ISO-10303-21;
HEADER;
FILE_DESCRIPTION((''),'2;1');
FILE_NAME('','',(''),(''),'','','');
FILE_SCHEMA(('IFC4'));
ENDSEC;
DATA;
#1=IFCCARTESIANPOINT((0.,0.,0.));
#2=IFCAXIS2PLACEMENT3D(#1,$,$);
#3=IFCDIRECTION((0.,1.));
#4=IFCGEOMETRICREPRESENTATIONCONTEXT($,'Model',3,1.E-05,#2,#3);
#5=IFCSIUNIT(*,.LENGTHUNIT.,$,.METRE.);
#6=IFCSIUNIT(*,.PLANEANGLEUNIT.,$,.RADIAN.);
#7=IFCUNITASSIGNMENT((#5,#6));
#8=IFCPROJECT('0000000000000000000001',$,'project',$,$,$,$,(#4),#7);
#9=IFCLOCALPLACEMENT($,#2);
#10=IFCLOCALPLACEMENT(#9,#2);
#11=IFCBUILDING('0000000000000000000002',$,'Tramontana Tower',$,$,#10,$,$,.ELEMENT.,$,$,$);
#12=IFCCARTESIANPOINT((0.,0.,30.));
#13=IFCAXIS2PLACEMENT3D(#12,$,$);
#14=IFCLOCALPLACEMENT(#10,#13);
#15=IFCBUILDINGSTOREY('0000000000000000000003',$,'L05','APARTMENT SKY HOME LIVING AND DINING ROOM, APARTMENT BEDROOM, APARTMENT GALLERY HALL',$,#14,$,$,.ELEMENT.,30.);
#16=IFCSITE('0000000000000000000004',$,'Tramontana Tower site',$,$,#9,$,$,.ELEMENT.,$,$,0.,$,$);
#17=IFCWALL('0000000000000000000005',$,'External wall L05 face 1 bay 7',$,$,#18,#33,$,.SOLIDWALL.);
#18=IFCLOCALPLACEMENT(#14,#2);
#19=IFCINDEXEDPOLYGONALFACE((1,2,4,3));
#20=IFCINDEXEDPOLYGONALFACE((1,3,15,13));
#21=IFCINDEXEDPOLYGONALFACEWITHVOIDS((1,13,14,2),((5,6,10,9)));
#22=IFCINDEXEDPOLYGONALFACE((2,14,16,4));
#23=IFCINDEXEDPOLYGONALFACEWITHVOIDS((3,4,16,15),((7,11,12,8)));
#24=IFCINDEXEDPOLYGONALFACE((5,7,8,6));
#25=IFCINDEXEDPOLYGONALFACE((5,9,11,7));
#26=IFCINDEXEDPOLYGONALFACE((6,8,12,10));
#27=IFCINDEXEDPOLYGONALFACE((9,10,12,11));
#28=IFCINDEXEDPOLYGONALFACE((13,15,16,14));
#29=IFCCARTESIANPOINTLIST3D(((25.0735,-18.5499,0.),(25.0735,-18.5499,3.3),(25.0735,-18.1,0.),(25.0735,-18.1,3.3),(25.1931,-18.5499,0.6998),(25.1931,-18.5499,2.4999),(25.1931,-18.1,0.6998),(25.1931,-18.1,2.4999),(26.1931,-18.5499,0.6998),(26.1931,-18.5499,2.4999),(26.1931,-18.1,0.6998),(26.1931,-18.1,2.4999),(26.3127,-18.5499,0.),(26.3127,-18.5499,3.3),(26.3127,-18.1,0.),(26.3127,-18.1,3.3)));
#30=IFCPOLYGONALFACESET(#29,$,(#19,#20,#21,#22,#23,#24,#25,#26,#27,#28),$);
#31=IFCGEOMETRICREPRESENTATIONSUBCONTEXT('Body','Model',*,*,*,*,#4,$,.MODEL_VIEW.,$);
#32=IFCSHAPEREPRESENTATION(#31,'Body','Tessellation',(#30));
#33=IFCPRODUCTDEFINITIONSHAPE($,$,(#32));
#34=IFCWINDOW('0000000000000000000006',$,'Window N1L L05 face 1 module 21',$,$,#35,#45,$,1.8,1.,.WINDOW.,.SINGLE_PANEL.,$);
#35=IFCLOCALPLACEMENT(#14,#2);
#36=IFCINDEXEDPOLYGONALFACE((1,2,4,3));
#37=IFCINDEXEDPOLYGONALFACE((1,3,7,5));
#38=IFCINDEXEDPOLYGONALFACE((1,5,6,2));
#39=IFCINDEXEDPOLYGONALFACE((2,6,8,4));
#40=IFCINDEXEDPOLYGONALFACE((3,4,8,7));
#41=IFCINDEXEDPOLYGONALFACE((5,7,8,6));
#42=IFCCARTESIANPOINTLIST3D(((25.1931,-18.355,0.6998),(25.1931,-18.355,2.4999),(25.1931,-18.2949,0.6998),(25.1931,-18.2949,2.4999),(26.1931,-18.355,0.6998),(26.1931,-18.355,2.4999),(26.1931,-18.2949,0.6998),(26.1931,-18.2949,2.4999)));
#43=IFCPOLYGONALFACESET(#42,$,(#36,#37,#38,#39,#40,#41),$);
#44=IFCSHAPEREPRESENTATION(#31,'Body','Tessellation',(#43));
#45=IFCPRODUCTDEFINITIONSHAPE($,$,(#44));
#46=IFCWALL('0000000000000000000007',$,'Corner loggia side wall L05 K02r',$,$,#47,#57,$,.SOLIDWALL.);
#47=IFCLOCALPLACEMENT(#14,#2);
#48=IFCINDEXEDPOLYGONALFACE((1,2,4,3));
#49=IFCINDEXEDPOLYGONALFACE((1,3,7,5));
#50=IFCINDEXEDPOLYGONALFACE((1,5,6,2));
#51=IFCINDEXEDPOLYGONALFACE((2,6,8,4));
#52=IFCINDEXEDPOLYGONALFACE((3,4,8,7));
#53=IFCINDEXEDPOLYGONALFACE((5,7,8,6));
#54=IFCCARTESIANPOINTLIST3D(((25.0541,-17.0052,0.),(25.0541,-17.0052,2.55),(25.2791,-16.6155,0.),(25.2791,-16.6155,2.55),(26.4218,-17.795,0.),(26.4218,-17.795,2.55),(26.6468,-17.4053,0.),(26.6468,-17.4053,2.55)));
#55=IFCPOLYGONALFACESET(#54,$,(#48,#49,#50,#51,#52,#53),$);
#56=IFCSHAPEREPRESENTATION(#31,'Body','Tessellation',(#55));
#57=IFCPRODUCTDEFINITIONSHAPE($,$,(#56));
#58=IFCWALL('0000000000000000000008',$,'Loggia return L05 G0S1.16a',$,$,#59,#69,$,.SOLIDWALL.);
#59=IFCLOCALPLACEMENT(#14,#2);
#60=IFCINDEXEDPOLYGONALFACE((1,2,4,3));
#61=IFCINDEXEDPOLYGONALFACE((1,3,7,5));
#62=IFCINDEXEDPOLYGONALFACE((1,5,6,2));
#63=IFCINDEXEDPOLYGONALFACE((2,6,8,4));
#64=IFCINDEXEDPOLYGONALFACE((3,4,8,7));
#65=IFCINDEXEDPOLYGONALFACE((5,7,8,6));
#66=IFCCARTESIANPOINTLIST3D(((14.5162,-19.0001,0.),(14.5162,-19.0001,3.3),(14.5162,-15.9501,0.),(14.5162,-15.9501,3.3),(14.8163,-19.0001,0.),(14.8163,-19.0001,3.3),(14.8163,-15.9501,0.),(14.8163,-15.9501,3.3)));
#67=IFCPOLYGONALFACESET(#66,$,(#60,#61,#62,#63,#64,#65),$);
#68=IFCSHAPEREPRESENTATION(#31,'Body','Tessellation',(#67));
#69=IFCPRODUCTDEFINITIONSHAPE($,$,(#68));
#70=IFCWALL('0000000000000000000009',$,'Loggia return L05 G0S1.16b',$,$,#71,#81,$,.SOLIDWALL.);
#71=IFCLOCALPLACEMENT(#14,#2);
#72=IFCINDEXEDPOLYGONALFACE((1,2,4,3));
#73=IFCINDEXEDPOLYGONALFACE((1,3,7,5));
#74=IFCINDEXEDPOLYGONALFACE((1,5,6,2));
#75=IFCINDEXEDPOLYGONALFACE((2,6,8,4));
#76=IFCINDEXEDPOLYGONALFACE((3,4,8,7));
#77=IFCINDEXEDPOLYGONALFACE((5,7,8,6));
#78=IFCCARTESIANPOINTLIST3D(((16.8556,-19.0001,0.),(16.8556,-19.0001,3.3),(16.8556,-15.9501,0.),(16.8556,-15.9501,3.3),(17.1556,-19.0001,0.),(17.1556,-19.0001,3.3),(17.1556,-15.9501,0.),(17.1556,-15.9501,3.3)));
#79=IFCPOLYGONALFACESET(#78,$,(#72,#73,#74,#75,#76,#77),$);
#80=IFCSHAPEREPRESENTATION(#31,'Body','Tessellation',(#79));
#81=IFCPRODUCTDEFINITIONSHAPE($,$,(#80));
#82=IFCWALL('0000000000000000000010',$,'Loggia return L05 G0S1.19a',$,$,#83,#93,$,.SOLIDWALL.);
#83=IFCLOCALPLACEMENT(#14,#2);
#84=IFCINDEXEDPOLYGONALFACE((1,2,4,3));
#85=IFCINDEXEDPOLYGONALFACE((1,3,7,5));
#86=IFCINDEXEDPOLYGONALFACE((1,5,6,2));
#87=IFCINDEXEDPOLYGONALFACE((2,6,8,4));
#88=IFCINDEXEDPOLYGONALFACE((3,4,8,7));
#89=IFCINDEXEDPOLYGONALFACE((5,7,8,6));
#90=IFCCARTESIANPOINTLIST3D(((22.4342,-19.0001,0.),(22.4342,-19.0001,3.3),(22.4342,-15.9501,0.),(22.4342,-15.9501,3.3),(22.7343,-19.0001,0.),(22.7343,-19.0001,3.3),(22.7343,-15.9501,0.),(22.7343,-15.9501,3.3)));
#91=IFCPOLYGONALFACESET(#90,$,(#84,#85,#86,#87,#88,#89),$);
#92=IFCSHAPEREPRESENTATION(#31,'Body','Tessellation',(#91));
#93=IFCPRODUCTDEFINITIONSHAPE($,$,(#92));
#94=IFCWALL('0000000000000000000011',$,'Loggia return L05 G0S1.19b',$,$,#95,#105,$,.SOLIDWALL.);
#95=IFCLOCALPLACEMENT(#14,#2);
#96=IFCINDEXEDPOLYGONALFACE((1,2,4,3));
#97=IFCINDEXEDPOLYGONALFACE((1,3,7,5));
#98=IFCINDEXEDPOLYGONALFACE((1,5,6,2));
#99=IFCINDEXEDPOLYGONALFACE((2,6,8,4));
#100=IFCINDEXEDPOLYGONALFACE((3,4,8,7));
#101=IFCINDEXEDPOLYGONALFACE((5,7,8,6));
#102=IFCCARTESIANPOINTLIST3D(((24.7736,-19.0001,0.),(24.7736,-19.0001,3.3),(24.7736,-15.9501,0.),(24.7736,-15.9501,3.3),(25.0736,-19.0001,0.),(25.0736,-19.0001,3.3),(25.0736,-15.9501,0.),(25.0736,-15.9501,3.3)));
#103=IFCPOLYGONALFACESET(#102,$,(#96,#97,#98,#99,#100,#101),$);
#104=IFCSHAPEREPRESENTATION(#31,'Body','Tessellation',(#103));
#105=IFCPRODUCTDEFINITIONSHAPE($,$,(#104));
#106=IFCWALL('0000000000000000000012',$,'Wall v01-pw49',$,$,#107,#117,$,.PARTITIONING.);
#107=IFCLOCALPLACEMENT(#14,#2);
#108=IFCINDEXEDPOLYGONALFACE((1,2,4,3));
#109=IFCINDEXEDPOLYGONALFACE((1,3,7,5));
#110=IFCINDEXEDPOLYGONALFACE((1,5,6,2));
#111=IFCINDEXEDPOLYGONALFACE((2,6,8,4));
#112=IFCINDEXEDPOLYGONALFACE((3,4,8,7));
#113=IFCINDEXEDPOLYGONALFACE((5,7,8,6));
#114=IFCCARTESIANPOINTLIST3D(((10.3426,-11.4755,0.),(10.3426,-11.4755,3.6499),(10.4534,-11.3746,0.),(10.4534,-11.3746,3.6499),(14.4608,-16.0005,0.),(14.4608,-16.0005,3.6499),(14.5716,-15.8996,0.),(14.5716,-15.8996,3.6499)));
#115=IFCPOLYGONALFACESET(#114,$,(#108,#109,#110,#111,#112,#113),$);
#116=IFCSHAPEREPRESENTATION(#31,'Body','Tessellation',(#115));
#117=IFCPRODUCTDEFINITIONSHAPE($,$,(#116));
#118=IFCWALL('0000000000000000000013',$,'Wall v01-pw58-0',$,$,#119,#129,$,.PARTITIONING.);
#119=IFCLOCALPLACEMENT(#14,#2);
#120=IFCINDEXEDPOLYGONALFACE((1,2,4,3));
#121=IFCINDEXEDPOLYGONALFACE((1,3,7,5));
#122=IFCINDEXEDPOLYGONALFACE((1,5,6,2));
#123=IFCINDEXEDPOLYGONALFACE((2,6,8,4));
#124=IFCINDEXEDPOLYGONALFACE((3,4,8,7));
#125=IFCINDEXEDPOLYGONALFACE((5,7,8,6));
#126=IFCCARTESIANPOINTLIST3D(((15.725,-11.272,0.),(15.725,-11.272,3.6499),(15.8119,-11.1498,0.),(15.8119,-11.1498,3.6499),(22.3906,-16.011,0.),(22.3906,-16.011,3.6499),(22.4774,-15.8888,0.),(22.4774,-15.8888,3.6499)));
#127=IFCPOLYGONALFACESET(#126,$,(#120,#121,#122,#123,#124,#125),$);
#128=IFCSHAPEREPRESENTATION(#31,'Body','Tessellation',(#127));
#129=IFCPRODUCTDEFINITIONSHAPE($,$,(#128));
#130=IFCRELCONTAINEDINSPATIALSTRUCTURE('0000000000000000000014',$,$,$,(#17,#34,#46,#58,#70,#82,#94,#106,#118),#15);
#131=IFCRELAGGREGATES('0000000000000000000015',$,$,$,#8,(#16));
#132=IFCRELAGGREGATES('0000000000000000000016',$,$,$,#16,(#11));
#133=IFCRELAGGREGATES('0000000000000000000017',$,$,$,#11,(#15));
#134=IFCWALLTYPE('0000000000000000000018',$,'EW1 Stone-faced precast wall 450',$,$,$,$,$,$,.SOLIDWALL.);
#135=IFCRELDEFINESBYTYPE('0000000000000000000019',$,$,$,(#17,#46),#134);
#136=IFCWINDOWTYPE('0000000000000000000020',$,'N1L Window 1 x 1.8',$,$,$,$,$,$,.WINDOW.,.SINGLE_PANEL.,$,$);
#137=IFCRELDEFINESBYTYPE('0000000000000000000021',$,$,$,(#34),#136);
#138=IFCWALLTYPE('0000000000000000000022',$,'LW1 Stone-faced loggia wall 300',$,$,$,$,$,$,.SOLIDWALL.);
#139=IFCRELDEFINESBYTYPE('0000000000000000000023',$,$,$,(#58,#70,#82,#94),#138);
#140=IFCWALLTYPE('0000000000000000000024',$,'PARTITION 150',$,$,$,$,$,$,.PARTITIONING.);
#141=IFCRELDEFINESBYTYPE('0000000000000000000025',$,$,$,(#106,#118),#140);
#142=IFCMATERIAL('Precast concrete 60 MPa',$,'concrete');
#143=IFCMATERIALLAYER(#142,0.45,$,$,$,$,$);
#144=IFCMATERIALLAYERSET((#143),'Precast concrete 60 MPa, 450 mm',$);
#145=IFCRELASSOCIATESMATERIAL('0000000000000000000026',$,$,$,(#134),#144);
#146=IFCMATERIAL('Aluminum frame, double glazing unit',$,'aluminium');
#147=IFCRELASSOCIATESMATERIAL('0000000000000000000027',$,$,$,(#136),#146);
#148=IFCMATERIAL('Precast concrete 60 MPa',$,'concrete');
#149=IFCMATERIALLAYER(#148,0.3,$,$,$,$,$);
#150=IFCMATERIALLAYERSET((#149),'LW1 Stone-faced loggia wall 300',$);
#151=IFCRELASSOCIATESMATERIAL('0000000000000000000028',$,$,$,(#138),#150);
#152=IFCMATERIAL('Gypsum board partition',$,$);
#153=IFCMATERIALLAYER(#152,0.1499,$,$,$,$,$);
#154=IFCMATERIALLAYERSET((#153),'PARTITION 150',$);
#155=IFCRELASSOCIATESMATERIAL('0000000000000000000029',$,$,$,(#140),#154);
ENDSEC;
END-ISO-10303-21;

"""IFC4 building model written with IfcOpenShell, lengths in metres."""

from ifc_helpers import new_model, si_unit, direction, frame, frame_2d, origin, place, context, subcontext, project, spatial, rectangle, extrude, material, layer, layer_set, type_object, element, fill, save


model = new_model("IFC4")

# Units and contexts
model_context = context("Model", 3, precision=1e-05, world=origin(), true_north=direction((0.0, 1.0)))
body_context = subcontext(model_context, "Body", "Model", "MODEL_VIEW")
ifc_project = project(units=[si_unit("LENGTHUNIT", "METRE"), si_unit("PLANEANGLEUNIT", "RADIAN")], contexts=[model_context])

# Site, building, storey
site_placement = place(None, origin())
site = spatial("IfcSite", under=ifc_project, at=site_placement, Name="Tramontana Tower site", CompositionType="ELEMENT", RefElevation=0.0)
building_placement = place(site_placement, origin())
building = spatial("IfcBuilding", under=site, at=building_placement, Name="Tramontana Tower", CompositionType="ELEMENT")
storey_placement = place(building_placement, frame((0.0, 0.0, 30.0)))
storey = spatial("IfcBuildingStorey", under=building, at=storey_placement, Name="L05", Description="APARTMENT SKY HOME LIVING AND DINING ROOM, APARTMENT BEDROOM, APARTMENT GALLERY HALL", CompositionType="ELEMENT", Elevation=30.0)

# Wall, opening, window
ifc_material_1 = material(Name="Precast concrete 60 MPa", Category="concrete")
ifc_layer_1 = layer(ifc_material_1, 0.45)
ifc_layer_set_1 = layer_set([ifc_layer_1], Name="Precast concrete 60 MPa, 450 mm")
wall_type_1 = type_object("IfcWallType", Name="EW1 Stone-faced precast wall 450", PredefinedType="SOLIDWALL", material=ifc_layer_set_1)
wall_1_placement = place(storey_placement, frame((25.0735, -18.325, 0.0), z_axis=(0.0, 0.0, 1.0), x_axis=(1.0, 0.0, 0.0)))
wall_1 = element("IfcWall", 1, at=wall_1_placement, inside=storey, type_object=wall_type_1, Name="External wall L05 face 1 bay 7", PredefinedType="SOLIDWALL", context=body_context, shape_type="SweptSolid", body=[
    extrude(rectangle(XDim=1.2393, YDim=0.45, at=frame_2d((0.6196, 0.0))), origin(), (0.0, 0.0, 1.0), 3.3),
])
opening_1_placement = place(wall_1_placement, frame((0.1196, 0.0, 0.7)))
opening_1 = element("IfcOpeningElement", 2, at=opening_1_placement, cuts=wall_1, PredefinedType="OPENING", context=body_context, shape_type="SweptSolid", body=[
    extrude(rectangle(XDim=1.0, YDim=1.8, at=frame_2d((0.5, 0.8999))), frame((0.0, 0.2349, 0.0), z_axis=(0.0, -1.0, 0.0), x_axis=(1.0, 0.0, 0.0)), (0.0, 0.0, 1.0), 0.47),
])
ifc_material_2 = material(Name="Aluminum frame, double glazing unit", Category="aluminium")
window_type_1 = type_object("IfcWindowType", Name="N1L Window 1 x 1.8", PartitioningType="SINGLE_PANEL", PredefinedType="WINDOW", material=ifc_material_2)
window_1_placement = place(opening_1_placement, origin())
window_1 = element("IfcWindow", 3, at=window_1_placement, inside=storey, type_object=window_type_1, Name="Window N1L L05 face 1 module 21", OverallHeight=1.8, OverallWidth=1.0, PartitioningType="SINGLE_PANEL", PredefinedType="WINDOW", context=body_context, shape_type="SweptSolid", body=[
    extrude(rectangle(XDim=1.0, YDim=1.8, at=frame_2d((0.5, 0.8999))), frame((0.0, 0.03, 0.0), z_axis=(0.0, -1.0, 0.0), x_axis=(1.0, 0.0, 0.0)), (0.0, 0.0, 1.0), 0.0601),
])
fill(opening_1, window_1)

# Wall
wall_2_placement = place(storey_placement, frame((26.5342, -17.6001, 0.0), z_axis=(0.0, 0.0, 1.0), x_axis=(-0.86598, 0.500079, 0.0)))
element("IfcWall", 4, at=wall_2_placement, inside=storey, type_object=wall_type_1, Name="Corner loggia side wall L05 K02r", PredefinedType="SOLIDWALL", context=body_context, shape_type="SweptSolid", body=[
    extrude(rectangle(XDim=1.5793, YDim=0.45, at=frame_2d((0.7896, 0.0))), origin(), (0.0, 0.0, 1.0), 2.55),
])

# Shared definitions
ifc_material_3 = material(Name="Precast concrete 60 MPa", Category="concrete")
ifc_layer_2 = layer(ifc_material_3, 0.3)
ifc_layer_set_2 = layer_set([ifc_layer_2], Name="LW1 Stone-faced loggia wall 300")
wall_type_2 = type_object("IfcWallType", Name="LW1 Stone-faced loggia wall 300", PredefinedType="SOLIDWALL", material=ifc_layer_set_2)

# Walls
for number, where, z_axis, x_axis, name in (
    (5, (14.6663, -19.0, 0.0), (0.0, 0.0, 1.0), (0.0, 1.0, 0.0), "Loggia return L05 G0S1.16a"),
    (6, (17.0056, -19.0, 0.0), (0.0, 0.0, 1.0), (0.0, 1.0, 0.0), "Loggia return L05 G0S1.16b"),
):
    element("IfcWall", number, at=place(storey_placement, frame(where, z_axis=z_axis, x_axis=x_axis)), inside=storey, type_object=wall_type_2, Name=name, PredefinedType="SOLIDWALL", context=body_context, shape_type="SweptSolid", body=[
        extrude(rectangle(XDim=3.05, YDim=0.3, at=frame_2d((1.5249, 0.0))), origin(), (0.0, 0.0, 1.0), 3.3),
    ])

# Walls
for number, where, z_axis, x_axis, name in (
    (7, (22.5842, -19.0, 0.0), (0.0, 0.0, 1.0), (0.0, 1.0, 0.0), "Loggia return L05 G0S1.19a"),
    (8, (24.9236, -19.0, 0.0), (0.0, 0.0, 1.0), (0.0, 1.0, 0.0), "Loggia return L05 G0S1.19b"),
):
    element("IfcWall", number, at=place(storey_placement, frame(where, z_axis=z_axis, x_axis=x_axis)), inside=storey, type_object=wall_type_2, Name=name, PredefinedType="SOLIDWALL", context=body_context, shape_type="SweptSolid", body=[
        extrude(rectangle(XDim=3.05, YDim=0.3, at=frame_2d((1.5249, 0.0))), origin(), (0.0, 0.0, 1.0), 3.3),
    ])
ifc_material_4 = material(Name="Gypsum board partition")
ifc_layer_3 = layer(ifc_material_4, 0.1499)
ifc_layer_set_3 = layer_set([ifc_layer_3], Name="PARTITION 150")
wall_type_3 = type_object("IfcWallType", Name="PARTITION 150", PredefinedType="PARTITIONING", material=ifc_layer_set_3)
wall_3_placement = place(storey_placement, frame((14.5161, -15.95, 0.0), z_axis=(0.0, 0.0, 1.0), x_axis=(-0.673086, 0.739564, 0.0)))
element("IfcWall", 9, at=wall_3_placement, inside=storey, type_object=wall_type_3, Name="Wall v01-pw49", PredefinedType="PARTITIONING", context=body_context, shape_type="SweptSolid", body=[
    extrude(rectangle(XDim=6.1184, YDim=0.1499, at=frame_2d((3.0591, 0.0))), origin(), (0.0, 0.0, 1.0), 3.6499),
])
wall_4_placement = place(storey_placement, frame((22.4341, -15.95, 0.0), z_axis=(0.0, 0.0, 1.0), x_axis=(-0.815008, 0.579449, 0.0)))
element("IfcWall", 10, at=wall_4_placement, inside=storey, type_object=wall_type_3, Name="Wall v01-pw58-0", PredefinedType="PARTITIONING", context=body_context, shape_type="SweptSolid", body=[
    extrude(rectangle(XDim=8.1785, YDim=0.1499, at=frame_2d((4.0894, 0.0))), origin(), (0.0, 0.0, 1.0), 3.6499),
])

save(model, "model.ifc")
